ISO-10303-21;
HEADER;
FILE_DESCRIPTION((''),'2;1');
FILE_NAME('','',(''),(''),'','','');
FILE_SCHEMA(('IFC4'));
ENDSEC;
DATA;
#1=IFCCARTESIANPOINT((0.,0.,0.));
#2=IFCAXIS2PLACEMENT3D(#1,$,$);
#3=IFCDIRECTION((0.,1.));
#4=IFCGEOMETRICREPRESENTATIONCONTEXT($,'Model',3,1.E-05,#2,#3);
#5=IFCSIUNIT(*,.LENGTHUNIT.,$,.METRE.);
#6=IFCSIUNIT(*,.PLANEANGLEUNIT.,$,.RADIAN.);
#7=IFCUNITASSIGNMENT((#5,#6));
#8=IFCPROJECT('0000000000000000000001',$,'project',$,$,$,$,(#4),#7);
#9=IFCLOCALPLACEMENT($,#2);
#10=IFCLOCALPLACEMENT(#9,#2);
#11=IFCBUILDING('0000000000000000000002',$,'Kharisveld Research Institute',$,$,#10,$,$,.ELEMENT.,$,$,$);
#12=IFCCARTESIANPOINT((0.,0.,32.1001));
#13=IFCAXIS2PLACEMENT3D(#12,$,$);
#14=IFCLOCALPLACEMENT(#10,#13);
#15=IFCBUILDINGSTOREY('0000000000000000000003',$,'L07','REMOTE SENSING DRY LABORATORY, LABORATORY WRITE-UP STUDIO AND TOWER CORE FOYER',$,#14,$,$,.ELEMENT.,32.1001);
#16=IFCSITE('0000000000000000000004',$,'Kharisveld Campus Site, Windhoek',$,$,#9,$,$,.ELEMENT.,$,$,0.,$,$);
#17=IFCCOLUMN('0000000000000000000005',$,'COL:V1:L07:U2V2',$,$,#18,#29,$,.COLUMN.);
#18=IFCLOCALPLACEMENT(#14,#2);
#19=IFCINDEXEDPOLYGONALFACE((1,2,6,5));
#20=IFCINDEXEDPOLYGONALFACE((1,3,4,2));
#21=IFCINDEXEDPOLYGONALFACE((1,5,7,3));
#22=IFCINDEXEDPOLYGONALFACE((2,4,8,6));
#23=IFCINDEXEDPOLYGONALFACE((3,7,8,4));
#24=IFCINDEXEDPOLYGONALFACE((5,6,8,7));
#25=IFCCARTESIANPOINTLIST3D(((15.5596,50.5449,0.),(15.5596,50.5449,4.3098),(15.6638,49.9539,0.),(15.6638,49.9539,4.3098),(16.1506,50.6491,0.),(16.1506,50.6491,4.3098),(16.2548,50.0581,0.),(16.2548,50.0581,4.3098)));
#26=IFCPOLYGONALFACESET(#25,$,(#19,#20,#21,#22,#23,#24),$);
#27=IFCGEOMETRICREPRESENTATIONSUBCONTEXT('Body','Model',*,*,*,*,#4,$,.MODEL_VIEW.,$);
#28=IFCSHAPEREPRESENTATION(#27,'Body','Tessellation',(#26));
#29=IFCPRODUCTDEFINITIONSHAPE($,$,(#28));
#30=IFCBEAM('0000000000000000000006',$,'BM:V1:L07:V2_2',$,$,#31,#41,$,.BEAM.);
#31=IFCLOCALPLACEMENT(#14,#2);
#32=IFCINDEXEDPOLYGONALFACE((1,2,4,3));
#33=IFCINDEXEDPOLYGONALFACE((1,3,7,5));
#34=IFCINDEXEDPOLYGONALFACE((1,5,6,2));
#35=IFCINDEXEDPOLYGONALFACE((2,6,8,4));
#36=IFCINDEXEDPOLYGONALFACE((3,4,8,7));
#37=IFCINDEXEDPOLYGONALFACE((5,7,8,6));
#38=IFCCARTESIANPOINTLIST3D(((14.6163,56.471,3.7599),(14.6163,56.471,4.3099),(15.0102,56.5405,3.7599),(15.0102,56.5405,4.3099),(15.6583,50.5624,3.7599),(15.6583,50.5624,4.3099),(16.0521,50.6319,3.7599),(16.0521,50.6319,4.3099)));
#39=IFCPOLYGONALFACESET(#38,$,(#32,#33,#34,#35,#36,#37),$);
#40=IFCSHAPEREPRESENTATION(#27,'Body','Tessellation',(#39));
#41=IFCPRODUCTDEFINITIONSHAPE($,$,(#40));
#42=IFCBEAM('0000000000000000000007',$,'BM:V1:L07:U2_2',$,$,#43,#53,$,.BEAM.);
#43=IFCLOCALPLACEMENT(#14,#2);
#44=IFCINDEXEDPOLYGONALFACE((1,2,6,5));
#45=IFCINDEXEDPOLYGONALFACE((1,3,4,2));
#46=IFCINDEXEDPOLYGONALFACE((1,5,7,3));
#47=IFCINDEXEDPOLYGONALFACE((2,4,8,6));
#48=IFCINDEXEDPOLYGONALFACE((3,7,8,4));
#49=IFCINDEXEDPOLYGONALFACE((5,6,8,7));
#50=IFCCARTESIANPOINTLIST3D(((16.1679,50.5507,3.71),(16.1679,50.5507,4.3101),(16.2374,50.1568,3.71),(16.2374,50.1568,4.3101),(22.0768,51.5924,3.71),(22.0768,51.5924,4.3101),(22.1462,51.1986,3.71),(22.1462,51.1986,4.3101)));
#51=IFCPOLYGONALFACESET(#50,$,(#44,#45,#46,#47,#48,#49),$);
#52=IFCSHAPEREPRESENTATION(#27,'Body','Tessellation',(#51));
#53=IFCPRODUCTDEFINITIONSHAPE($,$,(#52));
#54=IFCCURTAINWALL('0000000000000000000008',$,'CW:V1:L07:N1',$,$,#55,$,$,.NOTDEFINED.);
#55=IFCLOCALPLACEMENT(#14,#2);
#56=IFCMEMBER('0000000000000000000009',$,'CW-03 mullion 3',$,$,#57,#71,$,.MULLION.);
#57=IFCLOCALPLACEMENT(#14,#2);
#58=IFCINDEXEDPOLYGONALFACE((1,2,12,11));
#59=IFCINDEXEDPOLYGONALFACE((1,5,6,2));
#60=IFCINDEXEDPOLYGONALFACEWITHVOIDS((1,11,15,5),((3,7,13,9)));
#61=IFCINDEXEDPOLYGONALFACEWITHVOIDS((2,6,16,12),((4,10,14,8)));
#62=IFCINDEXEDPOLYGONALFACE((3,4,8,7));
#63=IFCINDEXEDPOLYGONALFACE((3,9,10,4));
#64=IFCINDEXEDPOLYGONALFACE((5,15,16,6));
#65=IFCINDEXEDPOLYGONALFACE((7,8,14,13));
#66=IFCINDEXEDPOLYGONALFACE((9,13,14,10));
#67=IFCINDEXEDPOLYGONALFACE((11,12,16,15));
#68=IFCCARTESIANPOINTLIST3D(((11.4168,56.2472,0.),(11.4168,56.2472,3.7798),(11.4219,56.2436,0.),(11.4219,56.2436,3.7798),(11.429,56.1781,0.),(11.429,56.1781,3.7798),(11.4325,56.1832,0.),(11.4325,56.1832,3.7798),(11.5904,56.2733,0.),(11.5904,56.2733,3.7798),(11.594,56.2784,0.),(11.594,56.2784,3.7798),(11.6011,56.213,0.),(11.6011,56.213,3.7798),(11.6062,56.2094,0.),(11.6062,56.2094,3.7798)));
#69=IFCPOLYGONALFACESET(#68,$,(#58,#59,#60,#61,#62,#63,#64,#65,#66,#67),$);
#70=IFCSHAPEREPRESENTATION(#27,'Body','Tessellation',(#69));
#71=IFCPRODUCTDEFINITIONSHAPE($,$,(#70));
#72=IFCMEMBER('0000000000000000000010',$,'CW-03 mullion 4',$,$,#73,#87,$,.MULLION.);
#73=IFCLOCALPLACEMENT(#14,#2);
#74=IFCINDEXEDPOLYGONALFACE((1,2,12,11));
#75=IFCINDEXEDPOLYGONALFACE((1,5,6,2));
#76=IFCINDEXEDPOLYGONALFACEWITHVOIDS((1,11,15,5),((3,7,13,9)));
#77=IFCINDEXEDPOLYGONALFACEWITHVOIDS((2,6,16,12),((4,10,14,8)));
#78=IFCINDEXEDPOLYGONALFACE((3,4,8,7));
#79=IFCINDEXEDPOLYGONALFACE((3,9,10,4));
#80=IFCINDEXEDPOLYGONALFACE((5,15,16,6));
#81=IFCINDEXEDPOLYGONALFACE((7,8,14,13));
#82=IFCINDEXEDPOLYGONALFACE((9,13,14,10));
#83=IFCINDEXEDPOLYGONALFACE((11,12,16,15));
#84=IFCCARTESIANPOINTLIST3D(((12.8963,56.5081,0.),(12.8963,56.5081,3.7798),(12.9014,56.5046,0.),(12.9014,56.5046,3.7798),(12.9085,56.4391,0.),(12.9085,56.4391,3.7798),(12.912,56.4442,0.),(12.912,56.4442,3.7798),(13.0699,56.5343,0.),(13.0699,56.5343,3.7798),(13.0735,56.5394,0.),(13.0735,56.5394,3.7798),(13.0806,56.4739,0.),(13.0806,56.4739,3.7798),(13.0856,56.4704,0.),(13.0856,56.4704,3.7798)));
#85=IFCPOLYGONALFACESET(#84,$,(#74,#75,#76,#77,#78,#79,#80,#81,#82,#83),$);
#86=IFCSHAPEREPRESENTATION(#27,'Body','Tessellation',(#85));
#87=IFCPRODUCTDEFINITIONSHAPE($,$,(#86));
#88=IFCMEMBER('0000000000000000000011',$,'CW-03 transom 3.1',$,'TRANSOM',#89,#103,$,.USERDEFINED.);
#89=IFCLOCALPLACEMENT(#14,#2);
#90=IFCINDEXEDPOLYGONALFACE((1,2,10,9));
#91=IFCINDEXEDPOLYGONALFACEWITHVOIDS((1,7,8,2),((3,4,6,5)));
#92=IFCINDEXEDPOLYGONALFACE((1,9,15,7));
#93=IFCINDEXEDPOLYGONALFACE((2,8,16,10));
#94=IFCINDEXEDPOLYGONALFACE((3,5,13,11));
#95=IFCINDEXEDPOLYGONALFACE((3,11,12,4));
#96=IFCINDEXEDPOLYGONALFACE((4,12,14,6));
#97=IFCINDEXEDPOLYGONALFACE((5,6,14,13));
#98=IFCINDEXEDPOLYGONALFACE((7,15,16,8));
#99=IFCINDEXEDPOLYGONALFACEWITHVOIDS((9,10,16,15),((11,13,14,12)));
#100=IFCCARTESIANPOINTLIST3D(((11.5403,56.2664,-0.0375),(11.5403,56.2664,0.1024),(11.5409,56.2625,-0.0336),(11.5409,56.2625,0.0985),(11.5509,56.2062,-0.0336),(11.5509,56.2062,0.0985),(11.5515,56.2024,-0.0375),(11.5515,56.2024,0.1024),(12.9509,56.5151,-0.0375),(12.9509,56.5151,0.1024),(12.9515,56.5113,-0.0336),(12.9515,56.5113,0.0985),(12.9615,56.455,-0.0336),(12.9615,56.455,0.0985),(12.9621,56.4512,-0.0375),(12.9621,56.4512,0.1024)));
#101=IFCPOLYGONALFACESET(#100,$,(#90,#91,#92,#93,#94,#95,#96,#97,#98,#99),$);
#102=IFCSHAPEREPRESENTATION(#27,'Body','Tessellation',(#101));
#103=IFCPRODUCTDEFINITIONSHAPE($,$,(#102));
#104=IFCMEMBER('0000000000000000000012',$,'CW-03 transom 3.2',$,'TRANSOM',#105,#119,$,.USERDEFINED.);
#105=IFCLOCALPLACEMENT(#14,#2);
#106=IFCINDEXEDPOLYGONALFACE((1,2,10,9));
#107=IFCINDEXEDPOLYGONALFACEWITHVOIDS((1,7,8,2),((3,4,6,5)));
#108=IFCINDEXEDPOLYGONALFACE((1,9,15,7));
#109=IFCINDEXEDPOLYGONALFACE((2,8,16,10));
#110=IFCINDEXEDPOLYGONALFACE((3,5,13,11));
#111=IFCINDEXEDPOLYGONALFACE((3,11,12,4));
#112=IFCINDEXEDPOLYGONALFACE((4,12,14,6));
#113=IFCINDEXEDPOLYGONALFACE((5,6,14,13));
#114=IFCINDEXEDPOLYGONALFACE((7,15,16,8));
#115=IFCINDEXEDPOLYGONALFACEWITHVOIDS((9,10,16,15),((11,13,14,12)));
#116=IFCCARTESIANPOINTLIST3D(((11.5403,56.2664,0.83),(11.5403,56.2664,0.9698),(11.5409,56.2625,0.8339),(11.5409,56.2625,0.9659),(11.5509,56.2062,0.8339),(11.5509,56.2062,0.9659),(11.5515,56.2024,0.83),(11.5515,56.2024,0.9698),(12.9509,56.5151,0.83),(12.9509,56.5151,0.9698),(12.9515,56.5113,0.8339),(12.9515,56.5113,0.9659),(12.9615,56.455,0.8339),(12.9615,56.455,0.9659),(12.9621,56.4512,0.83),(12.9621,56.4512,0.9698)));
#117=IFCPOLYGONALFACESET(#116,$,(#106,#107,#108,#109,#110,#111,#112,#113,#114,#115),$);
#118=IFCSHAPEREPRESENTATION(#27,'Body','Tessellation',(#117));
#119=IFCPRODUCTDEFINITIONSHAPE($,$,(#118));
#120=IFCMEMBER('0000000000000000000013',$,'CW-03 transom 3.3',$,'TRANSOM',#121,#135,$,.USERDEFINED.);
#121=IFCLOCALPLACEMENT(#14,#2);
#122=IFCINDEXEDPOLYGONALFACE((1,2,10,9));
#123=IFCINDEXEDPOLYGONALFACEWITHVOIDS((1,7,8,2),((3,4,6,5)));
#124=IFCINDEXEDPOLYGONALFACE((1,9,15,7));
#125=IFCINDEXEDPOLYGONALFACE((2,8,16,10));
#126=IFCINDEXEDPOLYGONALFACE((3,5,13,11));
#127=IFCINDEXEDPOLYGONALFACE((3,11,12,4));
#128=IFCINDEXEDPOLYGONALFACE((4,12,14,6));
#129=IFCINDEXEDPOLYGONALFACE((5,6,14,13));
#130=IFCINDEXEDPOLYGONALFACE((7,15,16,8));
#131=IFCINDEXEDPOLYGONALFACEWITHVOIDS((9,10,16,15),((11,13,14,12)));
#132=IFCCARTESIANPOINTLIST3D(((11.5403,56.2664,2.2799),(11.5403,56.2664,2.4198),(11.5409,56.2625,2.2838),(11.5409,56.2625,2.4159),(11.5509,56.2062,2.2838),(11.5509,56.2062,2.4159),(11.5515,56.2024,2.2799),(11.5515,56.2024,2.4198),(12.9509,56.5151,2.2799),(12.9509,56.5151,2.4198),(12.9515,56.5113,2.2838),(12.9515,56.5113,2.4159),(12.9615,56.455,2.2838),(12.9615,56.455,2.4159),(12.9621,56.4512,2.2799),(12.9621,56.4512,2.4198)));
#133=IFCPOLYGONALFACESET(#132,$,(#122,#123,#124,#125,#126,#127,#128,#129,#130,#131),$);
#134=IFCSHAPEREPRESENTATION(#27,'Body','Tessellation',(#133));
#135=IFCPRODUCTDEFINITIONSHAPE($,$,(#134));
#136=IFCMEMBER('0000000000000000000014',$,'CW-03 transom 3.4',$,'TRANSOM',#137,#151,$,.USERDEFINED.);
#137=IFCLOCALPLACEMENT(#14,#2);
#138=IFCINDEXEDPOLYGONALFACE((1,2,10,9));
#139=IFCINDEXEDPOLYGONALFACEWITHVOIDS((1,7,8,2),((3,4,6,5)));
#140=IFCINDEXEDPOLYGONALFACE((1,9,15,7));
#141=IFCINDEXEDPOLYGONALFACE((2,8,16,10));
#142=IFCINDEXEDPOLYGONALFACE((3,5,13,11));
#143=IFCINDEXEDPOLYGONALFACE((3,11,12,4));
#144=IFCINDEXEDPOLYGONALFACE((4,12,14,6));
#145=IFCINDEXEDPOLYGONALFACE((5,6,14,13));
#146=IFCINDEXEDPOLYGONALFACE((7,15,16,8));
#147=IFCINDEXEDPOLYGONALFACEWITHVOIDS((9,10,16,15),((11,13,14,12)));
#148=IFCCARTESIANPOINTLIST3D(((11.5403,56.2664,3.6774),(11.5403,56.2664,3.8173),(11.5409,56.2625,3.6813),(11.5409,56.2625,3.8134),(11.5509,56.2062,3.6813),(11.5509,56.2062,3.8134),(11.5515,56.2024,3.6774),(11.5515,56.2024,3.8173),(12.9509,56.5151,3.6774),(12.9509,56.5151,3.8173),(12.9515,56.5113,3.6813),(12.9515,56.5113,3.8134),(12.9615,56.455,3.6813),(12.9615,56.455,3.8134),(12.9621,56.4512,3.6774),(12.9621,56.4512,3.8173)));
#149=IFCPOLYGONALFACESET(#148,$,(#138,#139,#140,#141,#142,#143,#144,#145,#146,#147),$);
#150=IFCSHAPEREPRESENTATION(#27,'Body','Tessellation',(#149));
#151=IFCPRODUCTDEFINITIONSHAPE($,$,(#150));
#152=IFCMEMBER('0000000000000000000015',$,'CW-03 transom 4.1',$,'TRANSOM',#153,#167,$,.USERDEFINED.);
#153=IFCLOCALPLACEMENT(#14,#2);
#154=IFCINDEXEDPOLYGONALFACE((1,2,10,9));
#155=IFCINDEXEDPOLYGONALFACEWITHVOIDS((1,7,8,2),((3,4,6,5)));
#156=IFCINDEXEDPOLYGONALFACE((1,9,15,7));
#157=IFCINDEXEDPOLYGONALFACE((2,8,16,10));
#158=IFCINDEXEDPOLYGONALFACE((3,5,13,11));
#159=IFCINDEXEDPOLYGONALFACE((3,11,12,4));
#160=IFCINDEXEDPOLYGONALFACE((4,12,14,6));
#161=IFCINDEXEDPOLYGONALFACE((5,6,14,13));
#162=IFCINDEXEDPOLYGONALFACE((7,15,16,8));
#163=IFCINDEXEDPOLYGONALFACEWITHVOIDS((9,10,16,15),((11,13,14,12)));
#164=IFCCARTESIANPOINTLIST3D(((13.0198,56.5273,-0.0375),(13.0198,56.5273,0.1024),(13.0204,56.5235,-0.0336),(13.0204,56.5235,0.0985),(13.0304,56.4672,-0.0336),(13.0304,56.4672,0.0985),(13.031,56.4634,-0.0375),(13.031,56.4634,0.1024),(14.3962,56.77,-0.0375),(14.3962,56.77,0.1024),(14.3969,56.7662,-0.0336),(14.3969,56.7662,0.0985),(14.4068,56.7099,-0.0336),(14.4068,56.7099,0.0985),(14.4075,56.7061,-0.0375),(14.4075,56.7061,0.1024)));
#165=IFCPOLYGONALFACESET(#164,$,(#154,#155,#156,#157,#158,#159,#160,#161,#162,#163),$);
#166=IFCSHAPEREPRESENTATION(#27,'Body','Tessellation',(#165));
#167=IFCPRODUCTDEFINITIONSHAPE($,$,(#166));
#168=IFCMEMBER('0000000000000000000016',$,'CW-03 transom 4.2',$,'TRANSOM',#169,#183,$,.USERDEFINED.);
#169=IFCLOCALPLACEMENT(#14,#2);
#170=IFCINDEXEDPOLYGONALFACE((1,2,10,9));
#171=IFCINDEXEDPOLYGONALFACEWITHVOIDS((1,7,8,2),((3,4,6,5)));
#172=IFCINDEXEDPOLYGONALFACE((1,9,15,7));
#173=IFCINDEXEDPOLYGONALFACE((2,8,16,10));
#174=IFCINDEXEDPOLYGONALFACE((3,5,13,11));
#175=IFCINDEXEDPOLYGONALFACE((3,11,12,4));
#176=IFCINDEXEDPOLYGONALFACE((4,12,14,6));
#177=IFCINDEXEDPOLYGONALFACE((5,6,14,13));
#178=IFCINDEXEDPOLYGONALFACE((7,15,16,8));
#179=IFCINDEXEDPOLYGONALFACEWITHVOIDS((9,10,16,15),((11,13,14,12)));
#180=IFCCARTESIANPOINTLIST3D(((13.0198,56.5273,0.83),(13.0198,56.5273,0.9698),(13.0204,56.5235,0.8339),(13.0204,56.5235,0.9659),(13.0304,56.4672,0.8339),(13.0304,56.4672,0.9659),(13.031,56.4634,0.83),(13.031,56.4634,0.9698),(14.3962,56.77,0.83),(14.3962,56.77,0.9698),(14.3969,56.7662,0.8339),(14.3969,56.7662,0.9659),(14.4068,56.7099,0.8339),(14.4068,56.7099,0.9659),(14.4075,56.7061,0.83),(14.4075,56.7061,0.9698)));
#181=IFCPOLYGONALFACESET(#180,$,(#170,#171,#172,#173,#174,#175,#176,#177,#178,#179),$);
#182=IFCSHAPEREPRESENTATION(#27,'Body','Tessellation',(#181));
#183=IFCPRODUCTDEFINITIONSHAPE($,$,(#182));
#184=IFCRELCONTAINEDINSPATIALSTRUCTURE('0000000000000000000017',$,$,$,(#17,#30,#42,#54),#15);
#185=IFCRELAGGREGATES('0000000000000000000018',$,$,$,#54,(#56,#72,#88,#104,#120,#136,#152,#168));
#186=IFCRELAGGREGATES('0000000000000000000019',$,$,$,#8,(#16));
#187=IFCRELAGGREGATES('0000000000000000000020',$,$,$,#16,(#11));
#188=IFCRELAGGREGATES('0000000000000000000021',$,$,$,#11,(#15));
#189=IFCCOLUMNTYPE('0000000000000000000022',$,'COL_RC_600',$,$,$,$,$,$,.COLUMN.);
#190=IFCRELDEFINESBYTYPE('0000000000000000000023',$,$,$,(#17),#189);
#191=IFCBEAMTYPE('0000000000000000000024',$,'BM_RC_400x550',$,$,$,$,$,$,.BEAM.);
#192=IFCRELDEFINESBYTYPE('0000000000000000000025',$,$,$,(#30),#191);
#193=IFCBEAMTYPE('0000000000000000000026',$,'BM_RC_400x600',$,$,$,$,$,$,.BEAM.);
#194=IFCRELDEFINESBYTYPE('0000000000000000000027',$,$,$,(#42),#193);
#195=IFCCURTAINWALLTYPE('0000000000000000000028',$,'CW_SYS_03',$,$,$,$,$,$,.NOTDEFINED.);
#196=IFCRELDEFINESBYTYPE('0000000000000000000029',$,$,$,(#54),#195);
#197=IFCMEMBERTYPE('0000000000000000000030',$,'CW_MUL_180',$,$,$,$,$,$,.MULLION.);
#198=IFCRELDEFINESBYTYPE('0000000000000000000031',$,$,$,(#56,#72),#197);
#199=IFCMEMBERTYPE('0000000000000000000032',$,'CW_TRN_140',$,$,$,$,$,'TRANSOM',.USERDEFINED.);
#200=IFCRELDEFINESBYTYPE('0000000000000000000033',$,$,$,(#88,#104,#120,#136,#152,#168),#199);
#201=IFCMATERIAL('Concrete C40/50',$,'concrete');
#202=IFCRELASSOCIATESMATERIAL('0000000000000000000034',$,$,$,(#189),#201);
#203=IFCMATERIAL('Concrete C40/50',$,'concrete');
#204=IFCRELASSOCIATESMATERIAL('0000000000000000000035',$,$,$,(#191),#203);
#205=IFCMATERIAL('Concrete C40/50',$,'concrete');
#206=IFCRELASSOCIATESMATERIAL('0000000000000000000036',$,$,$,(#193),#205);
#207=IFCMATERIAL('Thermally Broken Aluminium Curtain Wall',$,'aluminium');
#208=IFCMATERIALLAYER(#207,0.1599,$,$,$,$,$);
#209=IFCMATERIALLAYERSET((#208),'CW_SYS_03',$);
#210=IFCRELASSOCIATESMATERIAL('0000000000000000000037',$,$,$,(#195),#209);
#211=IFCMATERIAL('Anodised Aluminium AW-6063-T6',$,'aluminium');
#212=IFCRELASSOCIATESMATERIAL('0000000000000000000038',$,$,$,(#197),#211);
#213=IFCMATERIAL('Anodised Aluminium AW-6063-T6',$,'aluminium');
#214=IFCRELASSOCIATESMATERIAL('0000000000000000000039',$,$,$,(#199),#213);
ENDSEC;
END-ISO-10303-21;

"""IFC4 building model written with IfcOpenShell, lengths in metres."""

from ifc_helpers import new_model, si_unit, direction, frame, origin, origin_2d, place, context, subcontext, project, spatial, rectangle, hollow_rectangle, extrude, material, layer, layer_set, material_profile, profile_set, type_object, element, aggregate, save


model = new_model("IFC4")

# Units and contexts
model_context = context("Model", 3, precision=1e-05, world=origin(), true_north=direction((0.0, 1.0)))
body_context = subcontext(model_context, "Body", "Model", "MODEL_VIEW")
ifc_project = project(units=[si_unit("LENGTHUNIT", "METRE"), si_unit("PLANEANGLEUNIT", "RADIAN")], contexts=[model_context])

# Site, building, storey
site_placement = place(None, origin())
site = spatial("IfcSite", under=ifc_project, at=site_placement, Name="Kharisveld Campus Site, Windhoek", CompositionType="ELEMENT", RefElevation=0.0)
building_placement = place(site_placement, origin())
building = spatial("IfcBuilding", under=site, at=building_placement, Name="Kharisveld Research Institute", CompositionType="ELEMENT")
storey_placement = place(building_placement, frame((0.0, 0.0, 32.1001)))
storey = spatial("IfcBuildingStorey", under=building, at=storey_placement, Name="L07", Description="REMOTE SENSING DRY LABORATORY, LABORATORY WRITE-UP STUDIO AND TOWER CORE FOYER", CompositionType="ELEMENT", Elevation=32.1001)

# Column
ifc_material_1 = material(Name="Concrete C40/50", Category="concrete")
ifc_material_profile_1 = material_profile(ifc_material_1, rectangle(XDim=0.6001, YDim=0.6001, at=origin_2d()))
ifc_profile_set_1 = profile_set([ifc_material_profile_1], Name="Concrete C40/50")
column_type = type_object("IfcColumnType", Name="COL_RC_600", PredefinedType="COLUMN", material=ifc_profile_set_1)
column_placement = place(storey_placement, frame((15.9072, 50.3015, 0.0), z_axis=(0.0, 0.0, 1.0), x_axis=(0.984808, 0.173648, 0.0)))
element("IfcColumn", 1, at=column_placement, inside=storey, type_object=column_type, Name="COL:V1:L07:U2V2", PredefinedType="COLUMN", context=body_context, shape_type="SweptSolid", body=[
    extrude(rectangle(XDim=0.6001, YDim=0.6001, at=origin_2d()), origin(), (0.0, 0.0, 1.0), 4.3098),
])

# Beams
ifc_material_2 = material(Name="Concrete C40/50", Category="concrete")
ifc_material_profile_2 = material_profile(ifc_material_2, rectangle(XDim=0.3999, YDim=0.55, at=origin_2d()))
ifc_profile_set_2 = profile_set([ifc_material_profile_2], Name="Concrete C40/50")
beam_type_1 = type_object("IfcBeamType", Name="BM_RC_400x550", PredefinedType="BEAM", material=ifc_profile_set_2)
beam_1_placement = place(storey_placement, frame((15.8552, 50.5972, 4.0349), z_axis=(-0.173669, 0.984804, 0.0), x_axis=(-0.984804, -0.173669, 0.0)))
element("IfcBeam", 2, at=beam_1_placement, inside=storey, type_object=beam_type_1, Name="BM:V1:L07:V2_2", PredefinedType="BEAM", context=body_context, shape_type="SweptSolid", body=[
    extrude(rectangle(XDim=0.3999, YDim=0.55, at=origin_2d()), origin(), (0.0, 0.0, 1.0), 5.9998),
])
ifc_material_3 = material(Name="Concrete C40/50", Category="concrete")
ifc_material_profile_3 = material_profile(ifc_material_3, rectangle(XDim=0.3999, YDim=0.6001, at=origin_2d()))
ifc_profile_set_3 = profile_set([ifc_material_profile_3], Name="Concrete C40/50")
beam_type_2 = type_object("IfcBeamType", Name="BM_RC_400x600", PredefinedType="BEAM", material=ifc_profile_set_3)
beam_2_placement = place(storey_placement, frame((16.2026, 50.3538, 4.01), z_axis=(0.984812, 0.173623, 0.0), x_axis=(-0.173623, 0.984812, 0.0)))
element("IfcBeam", 3, at=beam_2_placement, inside=storey, type_object=beam_type_2, Name="BM:V1:L07:U2_2", PredefinedType="BEAM", context=body_context, shape_type="SweptSolid", body=[
    extrude(rectangle(XDim=0.3999, YDim=0.6001, at=origin_2d()), origin(), (0.0, 0.0, 1.0), 6.0),
])

# Curtain wall, members
ifc_material_4 = material(Name="Thermally Broken Aluminium Curtain Wall", Category="aluminium")
ifc_layer_1 = layer(ifc_material_4, 0.1599)
ifc_layer_set_1 = layer_set([ifc_layer_1], Name="CW_SYS_03")
curtain_wall_type = type_object("IfcCurtainWallType", Name="CW_SYS_03", PredefinedType="NOTDEFINED", material=ifc_layer_set_1)
curtain_wall_placement = place(storey_placement, origin())
curtain_wall = element("IfcCurtainWall", 4, at=curtain_wall_placement, inside=storey, type_object=curtain_wall_type, Name="CW:V1:L07:N1", PredefinedType="NOTDEFINED")
ifc_material_5 = material(Name="Anodised Aluminium AW-6063-T6", Category="aluminium")
ifc_material_profile_4 = material_profile(ifc_material_5, hollow_rectangle(XDim=0.0701, YDim=0.1799, WallThickness=0.0044, at=origin_2d()))
ifc_profile_set_4 = profile_set([ifc_material_profile_4], Name="Anodised Aluminium AW-6063-T6")
member_type_1 = type_object("IfcMemberType", Name="CW_MUL_180", PredefinedType="MULLION", material=ifc_profile_set_4)
member_1_placement = place(storey_placement, frame((11.5115, 56.2283, 0.0), z_axis=(0.0, 0.0, 1.0), x_axis=(-0.173648, 0.984808, 0.0)))
member_1 = element("IfcMember", 5, at=member_1_placement, type_object=member_type_1, Name="CW-03 mullion 3", PredefinedType="MULLION", context=body_context, shape_type="SweptSolid", body=[
    extrude(hollow_rectangle(XDim=0.0701, YDim=0.1799, WallThickness=0.0044, at=origin_2d()), origin(), (0.0, 0.0, 1.0), 3.7798),
])
member_2_placement = place(storey_placement, frame((12.991, 56.4893, 0.0), z_axis=(0.0, 0.0, 1.0), x_axis=(-0.173648, 0.984808, 0.0)))
member_2 = element("IfcMember", 6, at=member_2_placement, type_object=member_type_1, Name="CW-03 mullion 4", PredefinedType="MULLION", context=body_context, shape_type="SweptSolid", body=[
    extrude(hollow_rectangle(XDim=0.0701, YDim=0.1799, WallThickness=0.0044, at=origin_2d()), origin(), (0.0, 0.0, 1.0), 3.7798),
])
ifc_material_6 = material(Name="Anodised Aluminium AW-6063-T6", Category="aluminium")
ifc_material_profile_5 = material_profile(ifc_material_6, hollow_rectangle(XDim=0.0649, YDim=0.1399, WallThickness=0.0039, at=origin_2d()))
ifc_profile_set_5 = profile_set([ifc_material_profile_5], Name="Anodised Aluminium AW-6063-T6")
member_type_2 = type_object("IfcMemberType", Name="CW_TRN_140", ElementType="TRANSOM", PredefinedType="USERDEFINED", material=ifc_profile_set_5)
member_3_placement = place(storey_placement, frame((11.5459, 56.2344, 0.0325), z_axis=(0.984802, 0.173678, 0.0), x_axis=(-0.173678, 0.984802, 0.0)))
member_3 = element("IfcMember", 7, at=member_3_placement, type_object=member_type_2, Name="CW-03 transom 3.1", ObjectType="TRANSOM", PredefinedType="USERDEFINED", context=body_context, shape_type="SweptSolid", body=[
    extrude(hollow_rectangle(XDim=0.0649, YDim=0.1399, WallThickness=0.0039, at=origin_2d()), origin(), (0.0, 0.0, 1.0), 1.4324),
])
member_4_placement = place(storey_placement, frame((11.5459, 56.2344, 0.8999), z_axis=(0.984802, 0.173678, 0.0), x_axis=(-0.173678, 0.984802, 0.0)))
member_4 = element("IfcMember", 8, at=member_4_placement, type_object=member_type_2, Name="CW-03 transom 3.2", ObjectType="TRANSOM", PredefinedType="USERDEFINED", context=body_context, shape_type="SweptSolid", body=[
    extrude(hollow_rectangle(XDim=0.0649, YDim=0.1399, WallThickness=0.0039, at=origin_2d()), origin(), (0.0, 0.0, 1.0), 1.4324),
])
member_5_placement = place(storey_placement, frame((11.5459, 56.2344, 2.3499), z_axis=(0.984802, 0.173678, 0.0), x_axis=(-0.173678, 0.984802, 0.0)))
member_5 = element("IfcMember", 9, at=member_5_placement, type_object=member_type_2, Name="CW-03 transom 3.3", ObjectType="TRANSOM", PredefinedType="USERDEFINED", context=body_context, shape_type="SweptSolid", body=[
    extrude(hollow_rectangle(XDim=0.0649, YDim=0.1399, WallThickness=0.0039, at=origin_2d()), origin(), (0.0, 0.0, 1.0), 1.4324),
])
member_6_placement = place(storey_placement, frame((11.5459, 56.2344, 3.7473), z_axis=(0.984802, 0.173678, 0.0), x_axis=(-0.173678, 0.984802, 0.0)))
member_6 = element("IfcMember", 10, at=member_6_placement, type_object=member_type_2, Name="CW-03 transom 3.4", ObjectType="TRANSOM", PredefinedType="USERDEFINED", context=body_context, shape_type="SweptSolid", body=[
    extrude(hollow_rectangle(XDim=0.0649, YDim=0.1399, WallThickness=0.0039, at=origin_2d()), origin(), (0.0, 0.0, 1.0), 1.4324),
])
member_7_placement = place(storey_placement, frame((13.0254, 56.4954, 0.0325), z_axis=(0.984812, 0.173626, 0.0), x_axis=(-0.173626, 0.984812, 0.0)))
member_7 = element("IfcMember", 11, at=member_7_placement, type_object=member_type_2, Name="CW-03 transom 4.1", ObjectType="TRANSOM", PredefinedType="USERDEFINED", context=body_context, shape_type="SweptSolid", body=[
    extrude(hollow_rectangle(XDim=0.0649, YDim=0.1399, WallThickness=0.0039, at=origin_2d()), origin(), (0.0, 0.0, 1.0), 1.3977),
])
member_8_placement = place(storey_placement, frame((13.0254, 56.4954, 0.8999), z_axis=(0.984812, 0.173626, 0.0), x_axis=(-0.173626, 0.984812, 0.0)))
member_8 = element("IfcMember", 12, at=member_8_placement, type_object=member_type_2, Name="CW-03 transom 4.2", ObjectType="TRANSOM", PredefinedType="USERDEFINED", context=body_context, shape_type="SweptSolid", body=[
    extrude(hollow_rectangle(XDim=0.0649, YDim=0.1399, WallThickness=0.0039, at=origin_2d()), origin(), (0.0, 0.0, 1.0), 1.3977),
])

aggregate(curtain_wall, [member_1, member_2, member_3, member_4, member_5, member_6, member_7, member_8])

save(model, "model.ifc")
